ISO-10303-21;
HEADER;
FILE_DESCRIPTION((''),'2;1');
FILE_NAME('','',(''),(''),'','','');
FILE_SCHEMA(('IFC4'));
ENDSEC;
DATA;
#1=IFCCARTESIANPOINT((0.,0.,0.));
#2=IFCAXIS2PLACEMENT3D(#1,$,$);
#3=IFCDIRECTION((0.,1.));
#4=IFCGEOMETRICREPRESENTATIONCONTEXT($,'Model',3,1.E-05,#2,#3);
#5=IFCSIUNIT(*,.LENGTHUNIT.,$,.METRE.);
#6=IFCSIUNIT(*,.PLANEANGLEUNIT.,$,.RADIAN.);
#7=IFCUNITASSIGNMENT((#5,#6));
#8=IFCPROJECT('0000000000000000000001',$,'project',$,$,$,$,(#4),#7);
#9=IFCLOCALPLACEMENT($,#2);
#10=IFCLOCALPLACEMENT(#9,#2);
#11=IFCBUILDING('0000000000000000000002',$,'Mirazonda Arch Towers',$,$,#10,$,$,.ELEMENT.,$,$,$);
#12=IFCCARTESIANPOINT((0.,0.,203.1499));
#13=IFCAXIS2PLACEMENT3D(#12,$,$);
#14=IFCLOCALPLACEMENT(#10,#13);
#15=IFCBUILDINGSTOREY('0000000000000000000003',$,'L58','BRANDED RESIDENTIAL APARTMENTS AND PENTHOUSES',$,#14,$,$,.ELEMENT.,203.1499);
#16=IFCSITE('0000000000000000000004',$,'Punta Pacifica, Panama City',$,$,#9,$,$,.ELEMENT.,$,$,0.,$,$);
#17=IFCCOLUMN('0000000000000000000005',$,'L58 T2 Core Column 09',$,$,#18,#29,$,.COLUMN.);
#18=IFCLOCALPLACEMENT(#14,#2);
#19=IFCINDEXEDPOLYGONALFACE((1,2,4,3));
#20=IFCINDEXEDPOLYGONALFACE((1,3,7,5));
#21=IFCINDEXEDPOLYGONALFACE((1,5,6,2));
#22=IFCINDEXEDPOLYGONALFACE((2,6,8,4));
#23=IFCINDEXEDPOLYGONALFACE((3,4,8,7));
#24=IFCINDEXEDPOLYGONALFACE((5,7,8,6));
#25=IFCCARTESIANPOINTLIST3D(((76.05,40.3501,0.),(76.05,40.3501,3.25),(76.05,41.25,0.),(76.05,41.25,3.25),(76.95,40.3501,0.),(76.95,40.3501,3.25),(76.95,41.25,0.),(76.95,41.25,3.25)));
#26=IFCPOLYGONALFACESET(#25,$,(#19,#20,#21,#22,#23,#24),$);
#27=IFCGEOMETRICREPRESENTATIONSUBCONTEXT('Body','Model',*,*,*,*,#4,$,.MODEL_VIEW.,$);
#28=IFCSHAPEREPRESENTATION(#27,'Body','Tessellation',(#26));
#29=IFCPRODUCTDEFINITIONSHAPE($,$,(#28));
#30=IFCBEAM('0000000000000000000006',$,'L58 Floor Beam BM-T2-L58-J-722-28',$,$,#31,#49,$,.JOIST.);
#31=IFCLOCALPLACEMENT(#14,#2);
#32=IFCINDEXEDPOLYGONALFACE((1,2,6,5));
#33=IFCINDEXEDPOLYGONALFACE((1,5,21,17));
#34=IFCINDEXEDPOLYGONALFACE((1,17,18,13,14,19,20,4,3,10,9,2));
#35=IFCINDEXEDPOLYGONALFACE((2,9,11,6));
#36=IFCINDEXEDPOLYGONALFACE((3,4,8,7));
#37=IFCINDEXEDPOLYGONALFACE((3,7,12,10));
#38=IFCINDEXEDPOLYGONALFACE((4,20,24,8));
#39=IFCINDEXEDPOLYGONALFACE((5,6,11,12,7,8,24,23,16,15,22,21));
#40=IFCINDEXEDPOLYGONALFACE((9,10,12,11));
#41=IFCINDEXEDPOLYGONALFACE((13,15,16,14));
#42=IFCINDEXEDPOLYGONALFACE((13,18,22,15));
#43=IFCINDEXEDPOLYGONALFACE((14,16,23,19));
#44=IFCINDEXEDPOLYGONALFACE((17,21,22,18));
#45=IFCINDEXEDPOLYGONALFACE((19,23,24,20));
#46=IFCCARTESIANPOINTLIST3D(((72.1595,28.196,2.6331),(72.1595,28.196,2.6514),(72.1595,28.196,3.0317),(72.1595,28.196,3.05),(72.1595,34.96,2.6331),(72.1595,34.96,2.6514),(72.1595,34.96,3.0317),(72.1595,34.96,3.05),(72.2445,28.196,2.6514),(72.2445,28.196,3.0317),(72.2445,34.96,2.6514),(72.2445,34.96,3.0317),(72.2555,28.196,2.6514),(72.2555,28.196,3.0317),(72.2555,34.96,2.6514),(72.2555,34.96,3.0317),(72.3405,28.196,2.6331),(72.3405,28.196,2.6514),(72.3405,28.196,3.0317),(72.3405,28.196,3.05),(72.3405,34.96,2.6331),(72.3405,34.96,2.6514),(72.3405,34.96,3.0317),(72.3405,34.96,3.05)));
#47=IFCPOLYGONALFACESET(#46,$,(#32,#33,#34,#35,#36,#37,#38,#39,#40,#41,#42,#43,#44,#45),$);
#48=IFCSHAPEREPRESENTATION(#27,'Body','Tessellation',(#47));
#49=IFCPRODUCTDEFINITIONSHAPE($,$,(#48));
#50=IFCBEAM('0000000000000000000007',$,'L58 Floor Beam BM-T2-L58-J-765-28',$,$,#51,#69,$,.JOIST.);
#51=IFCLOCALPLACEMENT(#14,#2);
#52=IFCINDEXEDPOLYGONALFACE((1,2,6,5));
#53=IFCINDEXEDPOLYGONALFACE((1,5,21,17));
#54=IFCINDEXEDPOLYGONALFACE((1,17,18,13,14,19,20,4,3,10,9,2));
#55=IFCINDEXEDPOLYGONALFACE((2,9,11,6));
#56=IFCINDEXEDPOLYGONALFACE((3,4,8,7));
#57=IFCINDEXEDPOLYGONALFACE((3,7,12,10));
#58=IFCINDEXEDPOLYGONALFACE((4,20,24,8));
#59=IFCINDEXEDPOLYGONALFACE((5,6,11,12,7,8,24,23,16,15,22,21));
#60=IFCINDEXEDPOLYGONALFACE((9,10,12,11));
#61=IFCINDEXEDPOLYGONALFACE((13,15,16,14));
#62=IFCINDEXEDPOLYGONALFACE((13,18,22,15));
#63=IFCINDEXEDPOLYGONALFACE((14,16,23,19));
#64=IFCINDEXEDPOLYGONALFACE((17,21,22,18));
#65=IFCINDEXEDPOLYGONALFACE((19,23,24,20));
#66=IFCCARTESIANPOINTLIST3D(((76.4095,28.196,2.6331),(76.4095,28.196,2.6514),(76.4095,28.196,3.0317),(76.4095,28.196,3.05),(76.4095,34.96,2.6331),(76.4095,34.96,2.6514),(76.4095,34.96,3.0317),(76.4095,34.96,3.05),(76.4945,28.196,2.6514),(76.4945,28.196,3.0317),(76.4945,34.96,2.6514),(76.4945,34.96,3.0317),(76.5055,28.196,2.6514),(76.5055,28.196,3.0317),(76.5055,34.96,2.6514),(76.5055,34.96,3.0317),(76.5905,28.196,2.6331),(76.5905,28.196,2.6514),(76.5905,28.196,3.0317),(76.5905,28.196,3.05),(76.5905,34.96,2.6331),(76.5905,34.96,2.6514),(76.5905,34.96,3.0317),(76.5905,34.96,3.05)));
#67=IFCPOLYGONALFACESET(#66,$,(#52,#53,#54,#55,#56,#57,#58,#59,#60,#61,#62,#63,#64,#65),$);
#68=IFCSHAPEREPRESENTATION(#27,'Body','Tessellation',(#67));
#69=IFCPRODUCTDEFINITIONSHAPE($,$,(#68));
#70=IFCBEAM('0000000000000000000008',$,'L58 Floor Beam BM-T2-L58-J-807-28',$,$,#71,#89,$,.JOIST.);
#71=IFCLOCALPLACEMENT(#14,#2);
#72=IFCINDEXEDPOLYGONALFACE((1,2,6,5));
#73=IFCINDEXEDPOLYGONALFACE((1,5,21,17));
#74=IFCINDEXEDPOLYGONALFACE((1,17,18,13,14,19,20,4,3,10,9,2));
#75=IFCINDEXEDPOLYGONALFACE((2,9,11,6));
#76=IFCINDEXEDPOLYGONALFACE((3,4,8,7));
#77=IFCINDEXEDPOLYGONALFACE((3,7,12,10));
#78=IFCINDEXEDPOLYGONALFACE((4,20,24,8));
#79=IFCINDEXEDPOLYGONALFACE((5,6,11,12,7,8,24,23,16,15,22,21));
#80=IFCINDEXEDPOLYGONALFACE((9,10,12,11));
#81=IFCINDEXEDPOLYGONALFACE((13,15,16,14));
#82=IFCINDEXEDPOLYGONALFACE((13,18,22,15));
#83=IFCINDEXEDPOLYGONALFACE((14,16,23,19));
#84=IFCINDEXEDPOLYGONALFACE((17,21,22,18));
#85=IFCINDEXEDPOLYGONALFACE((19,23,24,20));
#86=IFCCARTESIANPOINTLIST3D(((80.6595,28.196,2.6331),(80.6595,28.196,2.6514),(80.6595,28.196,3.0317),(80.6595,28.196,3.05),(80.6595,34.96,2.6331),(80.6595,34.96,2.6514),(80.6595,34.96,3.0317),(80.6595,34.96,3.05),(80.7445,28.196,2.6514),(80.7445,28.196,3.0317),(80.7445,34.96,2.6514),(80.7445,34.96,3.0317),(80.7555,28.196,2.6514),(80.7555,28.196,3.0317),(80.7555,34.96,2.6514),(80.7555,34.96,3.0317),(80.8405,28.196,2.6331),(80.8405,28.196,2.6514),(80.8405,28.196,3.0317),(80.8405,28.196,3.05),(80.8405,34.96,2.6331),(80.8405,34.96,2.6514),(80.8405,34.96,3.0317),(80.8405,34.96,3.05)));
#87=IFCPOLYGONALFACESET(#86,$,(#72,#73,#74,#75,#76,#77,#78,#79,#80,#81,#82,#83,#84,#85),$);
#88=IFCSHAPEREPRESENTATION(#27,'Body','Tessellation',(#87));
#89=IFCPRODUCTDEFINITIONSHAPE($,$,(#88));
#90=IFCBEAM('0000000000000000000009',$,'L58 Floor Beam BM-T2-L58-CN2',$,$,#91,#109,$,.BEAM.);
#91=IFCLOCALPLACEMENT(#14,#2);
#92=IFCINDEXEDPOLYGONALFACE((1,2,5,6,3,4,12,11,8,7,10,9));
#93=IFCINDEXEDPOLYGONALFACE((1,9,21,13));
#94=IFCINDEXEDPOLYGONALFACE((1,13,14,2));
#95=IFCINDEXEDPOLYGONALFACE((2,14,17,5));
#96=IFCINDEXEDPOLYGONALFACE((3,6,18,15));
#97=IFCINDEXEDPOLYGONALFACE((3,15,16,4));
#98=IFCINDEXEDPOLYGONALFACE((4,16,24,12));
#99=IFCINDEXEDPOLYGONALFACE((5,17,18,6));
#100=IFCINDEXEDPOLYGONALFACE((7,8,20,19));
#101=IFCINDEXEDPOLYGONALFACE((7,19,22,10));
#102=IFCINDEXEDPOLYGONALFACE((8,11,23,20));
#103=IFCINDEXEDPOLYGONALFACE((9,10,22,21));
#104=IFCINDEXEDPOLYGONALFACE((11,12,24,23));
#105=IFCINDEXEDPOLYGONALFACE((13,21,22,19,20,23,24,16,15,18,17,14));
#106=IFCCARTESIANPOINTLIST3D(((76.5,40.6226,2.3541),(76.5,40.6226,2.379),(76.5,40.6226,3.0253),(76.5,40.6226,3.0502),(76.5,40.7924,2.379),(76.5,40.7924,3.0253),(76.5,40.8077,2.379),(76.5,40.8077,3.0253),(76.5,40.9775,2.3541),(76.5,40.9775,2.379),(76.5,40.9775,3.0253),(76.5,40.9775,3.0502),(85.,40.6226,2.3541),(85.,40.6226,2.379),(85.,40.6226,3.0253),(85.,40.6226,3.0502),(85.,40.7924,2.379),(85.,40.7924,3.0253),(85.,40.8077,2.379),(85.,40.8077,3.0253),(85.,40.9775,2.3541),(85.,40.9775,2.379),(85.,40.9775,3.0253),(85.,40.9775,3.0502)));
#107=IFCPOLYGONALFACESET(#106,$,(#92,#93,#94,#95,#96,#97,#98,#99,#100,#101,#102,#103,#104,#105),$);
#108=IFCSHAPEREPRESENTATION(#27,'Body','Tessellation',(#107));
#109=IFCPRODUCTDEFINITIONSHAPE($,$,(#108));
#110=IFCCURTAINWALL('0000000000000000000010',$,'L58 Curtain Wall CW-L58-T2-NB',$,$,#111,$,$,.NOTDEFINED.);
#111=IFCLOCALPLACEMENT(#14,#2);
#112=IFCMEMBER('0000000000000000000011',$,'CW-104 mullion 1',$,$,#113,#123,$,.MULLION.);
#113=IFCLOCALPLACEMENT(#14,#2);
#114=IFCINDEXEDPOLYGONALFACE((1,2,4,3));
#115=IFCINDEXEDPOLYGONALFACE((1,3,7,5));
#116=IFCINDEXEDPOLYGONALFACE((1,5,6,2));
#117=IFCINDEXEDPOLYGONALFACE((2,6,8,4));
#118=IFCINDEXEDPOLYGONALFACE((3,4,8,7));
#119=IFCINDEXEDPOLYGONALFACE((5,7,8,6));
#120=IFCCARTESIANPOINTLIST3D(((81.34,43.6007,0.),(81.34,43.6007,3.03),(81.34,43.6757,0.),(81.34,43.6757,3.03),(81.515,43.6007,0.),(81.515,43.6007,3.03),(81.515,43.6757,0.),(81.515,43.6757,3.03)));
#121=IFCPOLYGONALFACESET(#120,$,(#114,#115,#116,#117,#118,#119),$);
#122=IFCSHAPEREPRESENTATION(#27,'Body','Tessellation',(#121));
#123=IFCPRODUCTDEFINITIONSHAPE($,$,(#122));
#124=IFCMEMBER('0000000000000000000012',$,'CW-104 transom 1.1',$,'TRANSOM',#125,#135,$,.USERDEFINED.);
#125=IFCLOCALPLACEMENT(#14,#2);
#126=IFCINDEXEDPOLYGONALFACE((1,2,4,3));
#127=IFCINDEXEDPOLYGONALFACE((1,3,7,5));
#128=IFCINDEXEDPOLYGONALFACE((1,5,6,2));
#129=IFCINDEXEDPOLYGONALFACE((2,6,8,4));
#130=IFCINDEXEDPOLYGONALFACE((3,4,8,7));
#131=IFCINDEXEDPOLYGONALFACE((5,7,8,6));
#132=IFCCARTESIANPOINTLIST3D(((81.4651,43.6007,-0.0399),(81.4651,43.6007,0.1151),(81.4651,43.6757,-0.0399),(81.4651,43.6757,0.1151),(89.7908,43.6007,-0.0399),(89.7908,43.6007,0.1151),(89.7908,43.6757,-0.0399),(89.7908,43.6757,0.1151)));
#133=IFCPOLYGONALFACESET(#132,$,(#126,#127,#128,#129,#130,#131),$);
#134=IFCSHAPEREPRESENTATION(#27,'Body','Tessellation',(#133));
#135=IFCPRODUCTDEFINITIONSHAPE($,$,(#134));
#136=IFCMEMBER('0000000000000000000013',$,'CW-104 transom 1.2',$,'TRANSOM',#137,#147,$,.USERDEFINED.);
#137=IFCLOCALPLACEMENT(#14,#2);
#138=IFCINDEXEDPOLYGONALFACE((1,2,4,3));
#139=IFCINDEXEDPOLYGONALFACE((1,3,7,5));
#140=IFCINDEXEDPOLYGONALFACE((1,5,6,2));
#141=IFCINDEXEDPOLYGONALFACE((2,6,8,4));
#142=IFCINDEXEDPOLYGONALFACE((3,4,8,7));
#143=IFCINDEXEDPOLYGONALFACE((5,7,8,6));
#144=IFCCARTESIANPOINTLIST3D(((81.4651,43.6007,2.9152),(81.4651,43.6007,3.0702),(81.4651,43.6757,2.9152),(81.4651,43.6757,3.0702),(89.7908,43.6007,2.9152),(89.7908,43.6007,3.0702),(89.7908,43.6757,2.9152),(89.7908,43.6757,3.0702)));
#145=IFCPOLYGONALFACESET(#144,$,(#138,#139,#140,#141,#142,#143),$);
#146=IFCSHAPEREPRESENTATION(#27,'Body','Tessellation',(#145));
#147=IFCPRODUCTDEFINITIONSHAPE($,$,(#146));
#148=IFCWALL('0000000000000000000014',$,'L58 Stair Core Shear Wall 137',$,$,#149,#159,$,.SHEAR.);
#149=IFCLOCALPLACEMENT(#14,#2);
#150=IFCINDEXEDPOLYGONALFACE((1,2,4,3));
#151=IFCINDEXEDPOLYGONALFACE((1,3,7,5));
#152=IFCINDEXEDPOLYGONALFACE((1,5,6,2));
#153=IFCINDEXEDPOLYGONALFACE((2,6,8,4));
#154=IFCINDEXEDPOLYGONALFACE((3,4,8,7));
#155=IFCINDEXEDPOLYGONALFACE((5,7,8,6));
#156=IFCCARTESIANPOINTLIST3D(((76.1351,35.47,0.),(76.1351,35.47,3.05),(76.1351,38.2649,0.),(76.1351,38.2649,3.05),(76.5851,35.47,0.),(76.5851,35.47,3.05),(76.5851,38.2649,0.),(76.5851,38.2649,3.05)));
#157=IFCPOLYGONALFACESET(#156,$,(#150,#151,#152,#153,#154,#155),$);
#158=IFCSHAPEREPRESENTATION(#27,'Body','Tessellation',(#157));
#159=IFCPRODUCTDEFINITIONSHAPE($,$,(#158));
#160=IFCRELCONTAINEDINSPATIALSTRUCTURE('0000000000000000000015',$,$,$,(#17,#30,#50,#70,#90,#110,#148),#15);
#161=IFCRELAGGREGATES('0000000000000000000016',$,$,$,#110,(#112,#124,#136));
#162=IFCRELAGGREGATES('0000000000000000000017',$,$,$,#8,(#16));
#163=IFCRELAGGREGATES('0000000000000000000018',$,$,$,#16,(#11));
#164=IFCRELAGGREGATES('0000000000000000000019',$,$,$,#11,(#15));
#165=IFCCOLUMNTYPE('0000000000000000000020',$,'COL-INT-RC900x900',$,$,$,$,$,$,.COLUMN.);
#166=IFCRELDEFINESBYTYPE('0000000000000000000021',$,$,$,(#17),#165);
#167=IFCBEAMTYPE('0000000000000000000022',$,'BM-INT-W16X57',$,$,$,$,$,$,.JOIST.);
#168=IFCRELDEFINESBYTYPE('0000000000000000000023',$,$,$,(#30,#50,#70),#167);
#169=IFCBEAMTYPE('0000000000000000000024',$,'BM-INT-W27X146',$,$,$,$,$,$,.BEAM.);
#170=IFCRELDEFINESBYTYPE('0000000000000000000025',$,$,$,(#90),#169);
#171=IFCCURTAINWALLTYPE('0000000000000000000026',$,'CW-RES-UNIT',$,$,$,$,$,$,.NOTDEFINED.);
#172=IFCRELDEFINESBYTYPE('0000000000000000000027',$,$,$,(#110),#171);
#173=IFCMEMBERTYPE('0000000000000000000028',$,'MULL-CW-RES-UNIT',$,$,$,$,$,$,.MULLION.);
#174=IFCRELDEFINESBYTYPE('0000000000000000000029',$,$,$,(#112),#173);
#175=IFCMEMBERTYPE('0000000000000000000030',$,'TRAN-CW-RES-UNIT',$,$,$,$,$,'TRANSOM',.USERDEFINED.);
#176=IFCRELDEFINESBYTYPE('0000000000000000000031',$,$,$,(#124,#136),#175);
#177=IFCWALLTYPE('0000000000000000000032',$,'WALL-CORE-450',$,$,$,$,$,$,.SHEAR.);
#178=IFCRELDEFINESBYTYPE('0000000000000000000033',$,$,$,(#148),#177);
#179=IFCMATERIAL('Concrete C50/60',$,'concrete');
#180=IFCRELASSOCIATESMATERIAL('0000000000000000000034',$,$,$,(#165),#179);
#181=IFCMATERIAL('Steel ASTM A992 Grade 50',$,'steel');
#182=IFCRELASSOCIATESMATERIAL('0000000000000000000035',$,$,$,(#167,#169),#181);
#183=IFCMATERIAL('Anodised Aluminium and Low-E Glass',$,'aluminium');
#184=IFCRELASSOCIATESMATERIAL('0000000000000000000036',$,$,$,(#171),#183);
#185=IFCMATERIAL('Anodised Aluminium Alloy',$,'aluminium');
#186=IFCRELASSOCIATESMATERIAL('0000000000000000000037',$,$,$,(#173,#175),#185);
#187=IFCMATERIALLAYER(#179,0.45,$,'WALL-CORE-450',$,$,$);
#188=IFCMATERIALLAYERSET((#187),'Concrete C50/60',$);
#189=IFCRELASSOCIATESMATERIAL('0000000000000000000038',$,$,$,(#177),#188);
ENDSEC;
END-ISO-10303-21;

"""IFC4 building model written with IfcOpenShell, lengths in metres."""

from ifc_helpers import new_model, si_unit, direction, frame, frame_2d, origin, origin_2d, place, context, subcontext, project, spatial, rectangle, i_section, extrude, material, layer, layer_set, material_profile, profile_set, type_object, element, aggregate, save


model = new_model("IFC4")

# Units and contexts
model_context = context("Model", 3, precision=1e-05, world=origin(), true_north=direction((0.0, 1.0)))
body_context = subcontext(model_context, "Body", "Model", "MODEL_VIEW")
ifc_project = project(units=[si_unit("LENGTHUNIT", "METRE"), si_unit("PLANEANGLEUNIT", "RADIAN")], contexts=[model_context])

# Site, building, storey
site_placement = place(None, origin())
site = spatial("IfcSite", under=ifc_project, at=site_placement, Name="Punta Pacifica, Panama City", CompositionType="ELEMENT", RefElevation=0.0)
building_placement = place(site_placement, origin())
building = spatial("IfcBuilding", under=site, at=building_placement, Name="Mirazonda Arch Towers", CompositionType="ELEMENT")
storey_placement = place(building_placement, frame((0.0, 0.0, 203.1499)))
storey = spatial("IfcBuildingStorey", under=building, at=storey_placement, Name="L58", Description="BRANDED RESIDENTIAL APARTMENTS AND PENTHOUSES", CompositionType="ELEMENT", Elevation=203.1499)

# Column
ifc_material_1 = material(Name="Concrete C50/60", Category="concrete")
ifc_material_profile_1 = material_profile(ifc_material_1, rectangle(XDim=0.8999, YDim=0.8999, at=origin_2d()), Name="RC900x900")
ifc_profile_set_1 = profile_set([ifc_material_profile_1], Name="Concrete C50/60")
column_type = type_object("IfcColumnType", Name="COL-INT-RC900x900", PredefinedType="COLUMN", material=ifc_profile_set_1)
column_placement = place(storey_placement, frame((76.5, 40.8, 0.0), z_axis=(0.0, 0.0, 1.0), x_axis=(1.0, 0.0, 0.0)))
element("IfcColumn", 1, at=column_placement, inside=storey, type_object=column_type, Name="L58 T2 Core Column 09", PredefinedType="COLUMN", context=body_context, shape_type="SweptSolid", body=[
    extrude(rectangle(XDim=0.8999, YDim=0.8999, at=origin_2d()), origin(), (0.0, 0.0, 1.0), 3.25),
])

# Beams
ifc_material_2 = material(Name="Steel ASTM A992 Grade 50", Category="steel")
ifc_material_profile_2 = material_profile(ifc_material_2, i_section(OverallWidth=0.1809, OverallDepth=0.417, WebThickness=0.011, FlangeThickness=0.0183, at=origin_2d()), Name="W16X57")
ifc_profile_set_2 = profile_set([ifc_material_profile_2], Name="Steel ASTM A992 Grade 50")
beam_type_1 = type_object("IfcBeamType", Name="BM-INT-W16X57", PredefinedType="JOIST", material=ifc_profile_set_2)
for number, where, z_axis, x_axis, name in (
    (2, (72.25, 28.196, 2.8416), (0.0, 1.0, 0.0), (-1.0, 0.0, 0.0), "L58 Floor Beam BM-T2-L58-J-722-28"),
    (3, (76.5, 28.196, 2.8416), (0.0, 1.0, 0.0), (-1.0, 0.0, 0.0), "L58 Floor Beam BM-T2-L58-J-765-28"),
    (4, (80.75, 28.196, 2.8416), (0.0, 1.0, 0.0), (-1.0, 0.0, 0.0), "L58 Floor Beam BM-T2-L58-J-807-28"),
):
    element("IfcBeam", number, at=place(storey_placement, frame(where, z_axis=z_axis, x_axis=x_axis)), inside=storey, type_object=beam_type_1, Name=name, PredefinedType="JOIST", context=body_context, shape_type="SweptSolid", body=[
        extrude(i_section(OverallWidth=0.1809, OverallDepth=0.417, WebThickness=0.011, FlangeThickness=0.0183, at=origin_2d()), origin(), (0.0, 0.0, 1.0), 6.7639),
    ])
ifc_material_profile_3 = material_profile(ifc_material_2, i_section(OverallWidth=0.355, OverallDepth=0.696, WebThickness=0.0154, FlangeThickness=0.0249, at=origin_2d()), Name="W27X146")
ifc_profile_set_3 = profile_set([ifc_material_profile_3], Name="Steel ASTM A992 Grade 50")
beam_type_2 = type_object("IfcBeamType", Name="BM-INT-W27X146", PredefinedType="BEAM", material=ifc_profile_set_3)
beam_placement = place(storey_placement, frame((76.5, 40.8, 2.7021), z_axis=(1.0, 0.0, 0.0), x_axis=(0.0, 1.0, 0.0)))
element("IfcBeam", 5, at=beam_placement, inside=storey, type_object=beam_type_2, Name="L58 Floor Beam BM-T2-L58-CN2", PredefinedType="BEAM", context=body_context, shape_type="SweptSolid", body=[
    extrude(i_section(OverallWidth=0.355, OverallDepth=0.696, WebThickness=0.0154, FlangeThickness=0.0249, at=origin_2d()), origin(), (0.0, 0.0, 1.0), 8.5),
])

# Curtain wall, members
ifc_material_3 = material(Name="Anodised Aluminium and Low-E Glass", Category="aluminium")
curtain_wall_type = type_object("IfcCurtainWallType", Name="CW-RES-UNIT", PredefinedType="NOTDEFINED", material=ifc_material_3)
curtain_wall_placement = place(storey_placement, origin())
curtain_wall = element("IfcCurtainWall", 6, at=curtain_wall_placement, inside=storey, type_object=curtain_wall_type, Name="L58 Curtain Wall CW-L58-T2-NB", PredefinedType="NOTDEFINED")
ifc_material_4 = material(Name="Anodised Aluminium Alloy", Category="aluminium")
ifc_material_profile_4 = material_profile(ifc_material_4, rectangle(XDim=0.075, YDim=0.175, at=origin_2d()), Name="ALU-MULL-75x175")
ifc_profile_set_4 = profile_set([ifc_material_profile_4], Name="Anodised Aluminium Alloy")
member_type_1 = type_object("IfcMemberType", Name="MULL-CW-RES-UNIT", PredefinedType="MULLION", material=ifc_profile_set_4)
member_1_placement = place(storey_placement, frame((81.4275, 43.6382, 0.0), z_axis=(0.0, 0.0, 1.0), x_axis=(0.0, 1.0, 0.0)))
member_1 = element("IfcMember", 7, at=member_1_placement, type_object=member_type_1, Name="CW-104 mullion 1", PredefinedType="MULLION", context=body_context, shape_type="SweptSolid", body=[
    extrude(rectangle(XDim=0.075, YDim=0.175, at=origin_2d()), origin(), (0.0, 0.0, 1.0), 3.03),
])
ifc_material_profile_5 = material_profile(ifc_material_4, rectangle(XDim=0.075, YDim=0.155, at=origin_2d()), Name="ALU-TRAN-75x155")
ifc_profile_set_5 = profile_set([ifc_material_profile_5], Name="Anodised Aluminium Alloy")
member_type_2 = type_object("IfcMemberType", Name="TRAN-CW-RES-UNIT", ElementType="TRANSOM", PredefinedType="USERDEFINED", material=ifc_profile_set_5)
member_2_placement = place(storey_placement, frame((81.4651, 43.6382, 0.0376), z_axis=(1.0, 0.0, 0.0), x_axis=(0.0, 1.0, 0.0)))
member_2 = element("IfcMember", 8, at=member_2_placement, type_object=member_type_2, Name="CW-104 transom 1.1", ObjectType="TRANSOM", PredefinedType="USERDEFINED", context=body_context, shape_type="SweptSolid", body=[
    extrude(rectangle(XDim=0.075, YDim=0.155, at=origin_2d()), origin(), (0.0, 0.0, 1.0), 8.3257),
])
member_3_placement = place(storey_placement, frame((81.4651, 43.6382, 2.9927), z_axis=(1.0, 0.0, 0.0), x_axis=(0.0, 1.0, 0.0)))
member_3 = element("IfcMember", 9, at=member_3_placement, type_object=member_type_2, Name="CW-104 transom 1.2", ObjectType="TRANSOM", PredefinedType="USERDEFINED", context=body_context, shape_type="SweptSolid", body=[
    extrude(rectangle(XDim=0.075, YDim=0.155, at=origin_2d()), origin(), (0.0, 0.0, 1.0), 8.3257),
])
aggregate(curtain_wall, [member_1, member_2, member_3])

# Wall
ifc_layer_1 = layer(ifc_material_1, 0.45, Name="WALL-CORE-450")
ifc_layer_set_1 = layer_set([ifc_layer_1], Name="Concrete C50/60")
wall_type_1 = type_object("IfcWallType", Name="WALL-CORE-450", PredefinedType="SHEAR", material=ifc_layer_set_1)
wall_1_placement = place(storey_placement, frame((76.3601, 35.47, 0.0), z_axis=(0.0, 0.0, 1.0), x_axis=(0.0, 1.0, 0.0)))
element("IfcWall", 10, at=wall_1_placement, inside=storey, type_object=wall_type_1, Name="L58 Stair Core Shear Wall 137", PredefinedType="SHEAR", context=body_context, shape_type="SweptSolid", body=[
    extrude(rectangle(XDim=2.7949, YDim=0.45, at=frame_2d((1.3975, 0.0))), origin(), (0.0, 0.0, 1.0), 3.05),
])

save(model, "model.ifc")
